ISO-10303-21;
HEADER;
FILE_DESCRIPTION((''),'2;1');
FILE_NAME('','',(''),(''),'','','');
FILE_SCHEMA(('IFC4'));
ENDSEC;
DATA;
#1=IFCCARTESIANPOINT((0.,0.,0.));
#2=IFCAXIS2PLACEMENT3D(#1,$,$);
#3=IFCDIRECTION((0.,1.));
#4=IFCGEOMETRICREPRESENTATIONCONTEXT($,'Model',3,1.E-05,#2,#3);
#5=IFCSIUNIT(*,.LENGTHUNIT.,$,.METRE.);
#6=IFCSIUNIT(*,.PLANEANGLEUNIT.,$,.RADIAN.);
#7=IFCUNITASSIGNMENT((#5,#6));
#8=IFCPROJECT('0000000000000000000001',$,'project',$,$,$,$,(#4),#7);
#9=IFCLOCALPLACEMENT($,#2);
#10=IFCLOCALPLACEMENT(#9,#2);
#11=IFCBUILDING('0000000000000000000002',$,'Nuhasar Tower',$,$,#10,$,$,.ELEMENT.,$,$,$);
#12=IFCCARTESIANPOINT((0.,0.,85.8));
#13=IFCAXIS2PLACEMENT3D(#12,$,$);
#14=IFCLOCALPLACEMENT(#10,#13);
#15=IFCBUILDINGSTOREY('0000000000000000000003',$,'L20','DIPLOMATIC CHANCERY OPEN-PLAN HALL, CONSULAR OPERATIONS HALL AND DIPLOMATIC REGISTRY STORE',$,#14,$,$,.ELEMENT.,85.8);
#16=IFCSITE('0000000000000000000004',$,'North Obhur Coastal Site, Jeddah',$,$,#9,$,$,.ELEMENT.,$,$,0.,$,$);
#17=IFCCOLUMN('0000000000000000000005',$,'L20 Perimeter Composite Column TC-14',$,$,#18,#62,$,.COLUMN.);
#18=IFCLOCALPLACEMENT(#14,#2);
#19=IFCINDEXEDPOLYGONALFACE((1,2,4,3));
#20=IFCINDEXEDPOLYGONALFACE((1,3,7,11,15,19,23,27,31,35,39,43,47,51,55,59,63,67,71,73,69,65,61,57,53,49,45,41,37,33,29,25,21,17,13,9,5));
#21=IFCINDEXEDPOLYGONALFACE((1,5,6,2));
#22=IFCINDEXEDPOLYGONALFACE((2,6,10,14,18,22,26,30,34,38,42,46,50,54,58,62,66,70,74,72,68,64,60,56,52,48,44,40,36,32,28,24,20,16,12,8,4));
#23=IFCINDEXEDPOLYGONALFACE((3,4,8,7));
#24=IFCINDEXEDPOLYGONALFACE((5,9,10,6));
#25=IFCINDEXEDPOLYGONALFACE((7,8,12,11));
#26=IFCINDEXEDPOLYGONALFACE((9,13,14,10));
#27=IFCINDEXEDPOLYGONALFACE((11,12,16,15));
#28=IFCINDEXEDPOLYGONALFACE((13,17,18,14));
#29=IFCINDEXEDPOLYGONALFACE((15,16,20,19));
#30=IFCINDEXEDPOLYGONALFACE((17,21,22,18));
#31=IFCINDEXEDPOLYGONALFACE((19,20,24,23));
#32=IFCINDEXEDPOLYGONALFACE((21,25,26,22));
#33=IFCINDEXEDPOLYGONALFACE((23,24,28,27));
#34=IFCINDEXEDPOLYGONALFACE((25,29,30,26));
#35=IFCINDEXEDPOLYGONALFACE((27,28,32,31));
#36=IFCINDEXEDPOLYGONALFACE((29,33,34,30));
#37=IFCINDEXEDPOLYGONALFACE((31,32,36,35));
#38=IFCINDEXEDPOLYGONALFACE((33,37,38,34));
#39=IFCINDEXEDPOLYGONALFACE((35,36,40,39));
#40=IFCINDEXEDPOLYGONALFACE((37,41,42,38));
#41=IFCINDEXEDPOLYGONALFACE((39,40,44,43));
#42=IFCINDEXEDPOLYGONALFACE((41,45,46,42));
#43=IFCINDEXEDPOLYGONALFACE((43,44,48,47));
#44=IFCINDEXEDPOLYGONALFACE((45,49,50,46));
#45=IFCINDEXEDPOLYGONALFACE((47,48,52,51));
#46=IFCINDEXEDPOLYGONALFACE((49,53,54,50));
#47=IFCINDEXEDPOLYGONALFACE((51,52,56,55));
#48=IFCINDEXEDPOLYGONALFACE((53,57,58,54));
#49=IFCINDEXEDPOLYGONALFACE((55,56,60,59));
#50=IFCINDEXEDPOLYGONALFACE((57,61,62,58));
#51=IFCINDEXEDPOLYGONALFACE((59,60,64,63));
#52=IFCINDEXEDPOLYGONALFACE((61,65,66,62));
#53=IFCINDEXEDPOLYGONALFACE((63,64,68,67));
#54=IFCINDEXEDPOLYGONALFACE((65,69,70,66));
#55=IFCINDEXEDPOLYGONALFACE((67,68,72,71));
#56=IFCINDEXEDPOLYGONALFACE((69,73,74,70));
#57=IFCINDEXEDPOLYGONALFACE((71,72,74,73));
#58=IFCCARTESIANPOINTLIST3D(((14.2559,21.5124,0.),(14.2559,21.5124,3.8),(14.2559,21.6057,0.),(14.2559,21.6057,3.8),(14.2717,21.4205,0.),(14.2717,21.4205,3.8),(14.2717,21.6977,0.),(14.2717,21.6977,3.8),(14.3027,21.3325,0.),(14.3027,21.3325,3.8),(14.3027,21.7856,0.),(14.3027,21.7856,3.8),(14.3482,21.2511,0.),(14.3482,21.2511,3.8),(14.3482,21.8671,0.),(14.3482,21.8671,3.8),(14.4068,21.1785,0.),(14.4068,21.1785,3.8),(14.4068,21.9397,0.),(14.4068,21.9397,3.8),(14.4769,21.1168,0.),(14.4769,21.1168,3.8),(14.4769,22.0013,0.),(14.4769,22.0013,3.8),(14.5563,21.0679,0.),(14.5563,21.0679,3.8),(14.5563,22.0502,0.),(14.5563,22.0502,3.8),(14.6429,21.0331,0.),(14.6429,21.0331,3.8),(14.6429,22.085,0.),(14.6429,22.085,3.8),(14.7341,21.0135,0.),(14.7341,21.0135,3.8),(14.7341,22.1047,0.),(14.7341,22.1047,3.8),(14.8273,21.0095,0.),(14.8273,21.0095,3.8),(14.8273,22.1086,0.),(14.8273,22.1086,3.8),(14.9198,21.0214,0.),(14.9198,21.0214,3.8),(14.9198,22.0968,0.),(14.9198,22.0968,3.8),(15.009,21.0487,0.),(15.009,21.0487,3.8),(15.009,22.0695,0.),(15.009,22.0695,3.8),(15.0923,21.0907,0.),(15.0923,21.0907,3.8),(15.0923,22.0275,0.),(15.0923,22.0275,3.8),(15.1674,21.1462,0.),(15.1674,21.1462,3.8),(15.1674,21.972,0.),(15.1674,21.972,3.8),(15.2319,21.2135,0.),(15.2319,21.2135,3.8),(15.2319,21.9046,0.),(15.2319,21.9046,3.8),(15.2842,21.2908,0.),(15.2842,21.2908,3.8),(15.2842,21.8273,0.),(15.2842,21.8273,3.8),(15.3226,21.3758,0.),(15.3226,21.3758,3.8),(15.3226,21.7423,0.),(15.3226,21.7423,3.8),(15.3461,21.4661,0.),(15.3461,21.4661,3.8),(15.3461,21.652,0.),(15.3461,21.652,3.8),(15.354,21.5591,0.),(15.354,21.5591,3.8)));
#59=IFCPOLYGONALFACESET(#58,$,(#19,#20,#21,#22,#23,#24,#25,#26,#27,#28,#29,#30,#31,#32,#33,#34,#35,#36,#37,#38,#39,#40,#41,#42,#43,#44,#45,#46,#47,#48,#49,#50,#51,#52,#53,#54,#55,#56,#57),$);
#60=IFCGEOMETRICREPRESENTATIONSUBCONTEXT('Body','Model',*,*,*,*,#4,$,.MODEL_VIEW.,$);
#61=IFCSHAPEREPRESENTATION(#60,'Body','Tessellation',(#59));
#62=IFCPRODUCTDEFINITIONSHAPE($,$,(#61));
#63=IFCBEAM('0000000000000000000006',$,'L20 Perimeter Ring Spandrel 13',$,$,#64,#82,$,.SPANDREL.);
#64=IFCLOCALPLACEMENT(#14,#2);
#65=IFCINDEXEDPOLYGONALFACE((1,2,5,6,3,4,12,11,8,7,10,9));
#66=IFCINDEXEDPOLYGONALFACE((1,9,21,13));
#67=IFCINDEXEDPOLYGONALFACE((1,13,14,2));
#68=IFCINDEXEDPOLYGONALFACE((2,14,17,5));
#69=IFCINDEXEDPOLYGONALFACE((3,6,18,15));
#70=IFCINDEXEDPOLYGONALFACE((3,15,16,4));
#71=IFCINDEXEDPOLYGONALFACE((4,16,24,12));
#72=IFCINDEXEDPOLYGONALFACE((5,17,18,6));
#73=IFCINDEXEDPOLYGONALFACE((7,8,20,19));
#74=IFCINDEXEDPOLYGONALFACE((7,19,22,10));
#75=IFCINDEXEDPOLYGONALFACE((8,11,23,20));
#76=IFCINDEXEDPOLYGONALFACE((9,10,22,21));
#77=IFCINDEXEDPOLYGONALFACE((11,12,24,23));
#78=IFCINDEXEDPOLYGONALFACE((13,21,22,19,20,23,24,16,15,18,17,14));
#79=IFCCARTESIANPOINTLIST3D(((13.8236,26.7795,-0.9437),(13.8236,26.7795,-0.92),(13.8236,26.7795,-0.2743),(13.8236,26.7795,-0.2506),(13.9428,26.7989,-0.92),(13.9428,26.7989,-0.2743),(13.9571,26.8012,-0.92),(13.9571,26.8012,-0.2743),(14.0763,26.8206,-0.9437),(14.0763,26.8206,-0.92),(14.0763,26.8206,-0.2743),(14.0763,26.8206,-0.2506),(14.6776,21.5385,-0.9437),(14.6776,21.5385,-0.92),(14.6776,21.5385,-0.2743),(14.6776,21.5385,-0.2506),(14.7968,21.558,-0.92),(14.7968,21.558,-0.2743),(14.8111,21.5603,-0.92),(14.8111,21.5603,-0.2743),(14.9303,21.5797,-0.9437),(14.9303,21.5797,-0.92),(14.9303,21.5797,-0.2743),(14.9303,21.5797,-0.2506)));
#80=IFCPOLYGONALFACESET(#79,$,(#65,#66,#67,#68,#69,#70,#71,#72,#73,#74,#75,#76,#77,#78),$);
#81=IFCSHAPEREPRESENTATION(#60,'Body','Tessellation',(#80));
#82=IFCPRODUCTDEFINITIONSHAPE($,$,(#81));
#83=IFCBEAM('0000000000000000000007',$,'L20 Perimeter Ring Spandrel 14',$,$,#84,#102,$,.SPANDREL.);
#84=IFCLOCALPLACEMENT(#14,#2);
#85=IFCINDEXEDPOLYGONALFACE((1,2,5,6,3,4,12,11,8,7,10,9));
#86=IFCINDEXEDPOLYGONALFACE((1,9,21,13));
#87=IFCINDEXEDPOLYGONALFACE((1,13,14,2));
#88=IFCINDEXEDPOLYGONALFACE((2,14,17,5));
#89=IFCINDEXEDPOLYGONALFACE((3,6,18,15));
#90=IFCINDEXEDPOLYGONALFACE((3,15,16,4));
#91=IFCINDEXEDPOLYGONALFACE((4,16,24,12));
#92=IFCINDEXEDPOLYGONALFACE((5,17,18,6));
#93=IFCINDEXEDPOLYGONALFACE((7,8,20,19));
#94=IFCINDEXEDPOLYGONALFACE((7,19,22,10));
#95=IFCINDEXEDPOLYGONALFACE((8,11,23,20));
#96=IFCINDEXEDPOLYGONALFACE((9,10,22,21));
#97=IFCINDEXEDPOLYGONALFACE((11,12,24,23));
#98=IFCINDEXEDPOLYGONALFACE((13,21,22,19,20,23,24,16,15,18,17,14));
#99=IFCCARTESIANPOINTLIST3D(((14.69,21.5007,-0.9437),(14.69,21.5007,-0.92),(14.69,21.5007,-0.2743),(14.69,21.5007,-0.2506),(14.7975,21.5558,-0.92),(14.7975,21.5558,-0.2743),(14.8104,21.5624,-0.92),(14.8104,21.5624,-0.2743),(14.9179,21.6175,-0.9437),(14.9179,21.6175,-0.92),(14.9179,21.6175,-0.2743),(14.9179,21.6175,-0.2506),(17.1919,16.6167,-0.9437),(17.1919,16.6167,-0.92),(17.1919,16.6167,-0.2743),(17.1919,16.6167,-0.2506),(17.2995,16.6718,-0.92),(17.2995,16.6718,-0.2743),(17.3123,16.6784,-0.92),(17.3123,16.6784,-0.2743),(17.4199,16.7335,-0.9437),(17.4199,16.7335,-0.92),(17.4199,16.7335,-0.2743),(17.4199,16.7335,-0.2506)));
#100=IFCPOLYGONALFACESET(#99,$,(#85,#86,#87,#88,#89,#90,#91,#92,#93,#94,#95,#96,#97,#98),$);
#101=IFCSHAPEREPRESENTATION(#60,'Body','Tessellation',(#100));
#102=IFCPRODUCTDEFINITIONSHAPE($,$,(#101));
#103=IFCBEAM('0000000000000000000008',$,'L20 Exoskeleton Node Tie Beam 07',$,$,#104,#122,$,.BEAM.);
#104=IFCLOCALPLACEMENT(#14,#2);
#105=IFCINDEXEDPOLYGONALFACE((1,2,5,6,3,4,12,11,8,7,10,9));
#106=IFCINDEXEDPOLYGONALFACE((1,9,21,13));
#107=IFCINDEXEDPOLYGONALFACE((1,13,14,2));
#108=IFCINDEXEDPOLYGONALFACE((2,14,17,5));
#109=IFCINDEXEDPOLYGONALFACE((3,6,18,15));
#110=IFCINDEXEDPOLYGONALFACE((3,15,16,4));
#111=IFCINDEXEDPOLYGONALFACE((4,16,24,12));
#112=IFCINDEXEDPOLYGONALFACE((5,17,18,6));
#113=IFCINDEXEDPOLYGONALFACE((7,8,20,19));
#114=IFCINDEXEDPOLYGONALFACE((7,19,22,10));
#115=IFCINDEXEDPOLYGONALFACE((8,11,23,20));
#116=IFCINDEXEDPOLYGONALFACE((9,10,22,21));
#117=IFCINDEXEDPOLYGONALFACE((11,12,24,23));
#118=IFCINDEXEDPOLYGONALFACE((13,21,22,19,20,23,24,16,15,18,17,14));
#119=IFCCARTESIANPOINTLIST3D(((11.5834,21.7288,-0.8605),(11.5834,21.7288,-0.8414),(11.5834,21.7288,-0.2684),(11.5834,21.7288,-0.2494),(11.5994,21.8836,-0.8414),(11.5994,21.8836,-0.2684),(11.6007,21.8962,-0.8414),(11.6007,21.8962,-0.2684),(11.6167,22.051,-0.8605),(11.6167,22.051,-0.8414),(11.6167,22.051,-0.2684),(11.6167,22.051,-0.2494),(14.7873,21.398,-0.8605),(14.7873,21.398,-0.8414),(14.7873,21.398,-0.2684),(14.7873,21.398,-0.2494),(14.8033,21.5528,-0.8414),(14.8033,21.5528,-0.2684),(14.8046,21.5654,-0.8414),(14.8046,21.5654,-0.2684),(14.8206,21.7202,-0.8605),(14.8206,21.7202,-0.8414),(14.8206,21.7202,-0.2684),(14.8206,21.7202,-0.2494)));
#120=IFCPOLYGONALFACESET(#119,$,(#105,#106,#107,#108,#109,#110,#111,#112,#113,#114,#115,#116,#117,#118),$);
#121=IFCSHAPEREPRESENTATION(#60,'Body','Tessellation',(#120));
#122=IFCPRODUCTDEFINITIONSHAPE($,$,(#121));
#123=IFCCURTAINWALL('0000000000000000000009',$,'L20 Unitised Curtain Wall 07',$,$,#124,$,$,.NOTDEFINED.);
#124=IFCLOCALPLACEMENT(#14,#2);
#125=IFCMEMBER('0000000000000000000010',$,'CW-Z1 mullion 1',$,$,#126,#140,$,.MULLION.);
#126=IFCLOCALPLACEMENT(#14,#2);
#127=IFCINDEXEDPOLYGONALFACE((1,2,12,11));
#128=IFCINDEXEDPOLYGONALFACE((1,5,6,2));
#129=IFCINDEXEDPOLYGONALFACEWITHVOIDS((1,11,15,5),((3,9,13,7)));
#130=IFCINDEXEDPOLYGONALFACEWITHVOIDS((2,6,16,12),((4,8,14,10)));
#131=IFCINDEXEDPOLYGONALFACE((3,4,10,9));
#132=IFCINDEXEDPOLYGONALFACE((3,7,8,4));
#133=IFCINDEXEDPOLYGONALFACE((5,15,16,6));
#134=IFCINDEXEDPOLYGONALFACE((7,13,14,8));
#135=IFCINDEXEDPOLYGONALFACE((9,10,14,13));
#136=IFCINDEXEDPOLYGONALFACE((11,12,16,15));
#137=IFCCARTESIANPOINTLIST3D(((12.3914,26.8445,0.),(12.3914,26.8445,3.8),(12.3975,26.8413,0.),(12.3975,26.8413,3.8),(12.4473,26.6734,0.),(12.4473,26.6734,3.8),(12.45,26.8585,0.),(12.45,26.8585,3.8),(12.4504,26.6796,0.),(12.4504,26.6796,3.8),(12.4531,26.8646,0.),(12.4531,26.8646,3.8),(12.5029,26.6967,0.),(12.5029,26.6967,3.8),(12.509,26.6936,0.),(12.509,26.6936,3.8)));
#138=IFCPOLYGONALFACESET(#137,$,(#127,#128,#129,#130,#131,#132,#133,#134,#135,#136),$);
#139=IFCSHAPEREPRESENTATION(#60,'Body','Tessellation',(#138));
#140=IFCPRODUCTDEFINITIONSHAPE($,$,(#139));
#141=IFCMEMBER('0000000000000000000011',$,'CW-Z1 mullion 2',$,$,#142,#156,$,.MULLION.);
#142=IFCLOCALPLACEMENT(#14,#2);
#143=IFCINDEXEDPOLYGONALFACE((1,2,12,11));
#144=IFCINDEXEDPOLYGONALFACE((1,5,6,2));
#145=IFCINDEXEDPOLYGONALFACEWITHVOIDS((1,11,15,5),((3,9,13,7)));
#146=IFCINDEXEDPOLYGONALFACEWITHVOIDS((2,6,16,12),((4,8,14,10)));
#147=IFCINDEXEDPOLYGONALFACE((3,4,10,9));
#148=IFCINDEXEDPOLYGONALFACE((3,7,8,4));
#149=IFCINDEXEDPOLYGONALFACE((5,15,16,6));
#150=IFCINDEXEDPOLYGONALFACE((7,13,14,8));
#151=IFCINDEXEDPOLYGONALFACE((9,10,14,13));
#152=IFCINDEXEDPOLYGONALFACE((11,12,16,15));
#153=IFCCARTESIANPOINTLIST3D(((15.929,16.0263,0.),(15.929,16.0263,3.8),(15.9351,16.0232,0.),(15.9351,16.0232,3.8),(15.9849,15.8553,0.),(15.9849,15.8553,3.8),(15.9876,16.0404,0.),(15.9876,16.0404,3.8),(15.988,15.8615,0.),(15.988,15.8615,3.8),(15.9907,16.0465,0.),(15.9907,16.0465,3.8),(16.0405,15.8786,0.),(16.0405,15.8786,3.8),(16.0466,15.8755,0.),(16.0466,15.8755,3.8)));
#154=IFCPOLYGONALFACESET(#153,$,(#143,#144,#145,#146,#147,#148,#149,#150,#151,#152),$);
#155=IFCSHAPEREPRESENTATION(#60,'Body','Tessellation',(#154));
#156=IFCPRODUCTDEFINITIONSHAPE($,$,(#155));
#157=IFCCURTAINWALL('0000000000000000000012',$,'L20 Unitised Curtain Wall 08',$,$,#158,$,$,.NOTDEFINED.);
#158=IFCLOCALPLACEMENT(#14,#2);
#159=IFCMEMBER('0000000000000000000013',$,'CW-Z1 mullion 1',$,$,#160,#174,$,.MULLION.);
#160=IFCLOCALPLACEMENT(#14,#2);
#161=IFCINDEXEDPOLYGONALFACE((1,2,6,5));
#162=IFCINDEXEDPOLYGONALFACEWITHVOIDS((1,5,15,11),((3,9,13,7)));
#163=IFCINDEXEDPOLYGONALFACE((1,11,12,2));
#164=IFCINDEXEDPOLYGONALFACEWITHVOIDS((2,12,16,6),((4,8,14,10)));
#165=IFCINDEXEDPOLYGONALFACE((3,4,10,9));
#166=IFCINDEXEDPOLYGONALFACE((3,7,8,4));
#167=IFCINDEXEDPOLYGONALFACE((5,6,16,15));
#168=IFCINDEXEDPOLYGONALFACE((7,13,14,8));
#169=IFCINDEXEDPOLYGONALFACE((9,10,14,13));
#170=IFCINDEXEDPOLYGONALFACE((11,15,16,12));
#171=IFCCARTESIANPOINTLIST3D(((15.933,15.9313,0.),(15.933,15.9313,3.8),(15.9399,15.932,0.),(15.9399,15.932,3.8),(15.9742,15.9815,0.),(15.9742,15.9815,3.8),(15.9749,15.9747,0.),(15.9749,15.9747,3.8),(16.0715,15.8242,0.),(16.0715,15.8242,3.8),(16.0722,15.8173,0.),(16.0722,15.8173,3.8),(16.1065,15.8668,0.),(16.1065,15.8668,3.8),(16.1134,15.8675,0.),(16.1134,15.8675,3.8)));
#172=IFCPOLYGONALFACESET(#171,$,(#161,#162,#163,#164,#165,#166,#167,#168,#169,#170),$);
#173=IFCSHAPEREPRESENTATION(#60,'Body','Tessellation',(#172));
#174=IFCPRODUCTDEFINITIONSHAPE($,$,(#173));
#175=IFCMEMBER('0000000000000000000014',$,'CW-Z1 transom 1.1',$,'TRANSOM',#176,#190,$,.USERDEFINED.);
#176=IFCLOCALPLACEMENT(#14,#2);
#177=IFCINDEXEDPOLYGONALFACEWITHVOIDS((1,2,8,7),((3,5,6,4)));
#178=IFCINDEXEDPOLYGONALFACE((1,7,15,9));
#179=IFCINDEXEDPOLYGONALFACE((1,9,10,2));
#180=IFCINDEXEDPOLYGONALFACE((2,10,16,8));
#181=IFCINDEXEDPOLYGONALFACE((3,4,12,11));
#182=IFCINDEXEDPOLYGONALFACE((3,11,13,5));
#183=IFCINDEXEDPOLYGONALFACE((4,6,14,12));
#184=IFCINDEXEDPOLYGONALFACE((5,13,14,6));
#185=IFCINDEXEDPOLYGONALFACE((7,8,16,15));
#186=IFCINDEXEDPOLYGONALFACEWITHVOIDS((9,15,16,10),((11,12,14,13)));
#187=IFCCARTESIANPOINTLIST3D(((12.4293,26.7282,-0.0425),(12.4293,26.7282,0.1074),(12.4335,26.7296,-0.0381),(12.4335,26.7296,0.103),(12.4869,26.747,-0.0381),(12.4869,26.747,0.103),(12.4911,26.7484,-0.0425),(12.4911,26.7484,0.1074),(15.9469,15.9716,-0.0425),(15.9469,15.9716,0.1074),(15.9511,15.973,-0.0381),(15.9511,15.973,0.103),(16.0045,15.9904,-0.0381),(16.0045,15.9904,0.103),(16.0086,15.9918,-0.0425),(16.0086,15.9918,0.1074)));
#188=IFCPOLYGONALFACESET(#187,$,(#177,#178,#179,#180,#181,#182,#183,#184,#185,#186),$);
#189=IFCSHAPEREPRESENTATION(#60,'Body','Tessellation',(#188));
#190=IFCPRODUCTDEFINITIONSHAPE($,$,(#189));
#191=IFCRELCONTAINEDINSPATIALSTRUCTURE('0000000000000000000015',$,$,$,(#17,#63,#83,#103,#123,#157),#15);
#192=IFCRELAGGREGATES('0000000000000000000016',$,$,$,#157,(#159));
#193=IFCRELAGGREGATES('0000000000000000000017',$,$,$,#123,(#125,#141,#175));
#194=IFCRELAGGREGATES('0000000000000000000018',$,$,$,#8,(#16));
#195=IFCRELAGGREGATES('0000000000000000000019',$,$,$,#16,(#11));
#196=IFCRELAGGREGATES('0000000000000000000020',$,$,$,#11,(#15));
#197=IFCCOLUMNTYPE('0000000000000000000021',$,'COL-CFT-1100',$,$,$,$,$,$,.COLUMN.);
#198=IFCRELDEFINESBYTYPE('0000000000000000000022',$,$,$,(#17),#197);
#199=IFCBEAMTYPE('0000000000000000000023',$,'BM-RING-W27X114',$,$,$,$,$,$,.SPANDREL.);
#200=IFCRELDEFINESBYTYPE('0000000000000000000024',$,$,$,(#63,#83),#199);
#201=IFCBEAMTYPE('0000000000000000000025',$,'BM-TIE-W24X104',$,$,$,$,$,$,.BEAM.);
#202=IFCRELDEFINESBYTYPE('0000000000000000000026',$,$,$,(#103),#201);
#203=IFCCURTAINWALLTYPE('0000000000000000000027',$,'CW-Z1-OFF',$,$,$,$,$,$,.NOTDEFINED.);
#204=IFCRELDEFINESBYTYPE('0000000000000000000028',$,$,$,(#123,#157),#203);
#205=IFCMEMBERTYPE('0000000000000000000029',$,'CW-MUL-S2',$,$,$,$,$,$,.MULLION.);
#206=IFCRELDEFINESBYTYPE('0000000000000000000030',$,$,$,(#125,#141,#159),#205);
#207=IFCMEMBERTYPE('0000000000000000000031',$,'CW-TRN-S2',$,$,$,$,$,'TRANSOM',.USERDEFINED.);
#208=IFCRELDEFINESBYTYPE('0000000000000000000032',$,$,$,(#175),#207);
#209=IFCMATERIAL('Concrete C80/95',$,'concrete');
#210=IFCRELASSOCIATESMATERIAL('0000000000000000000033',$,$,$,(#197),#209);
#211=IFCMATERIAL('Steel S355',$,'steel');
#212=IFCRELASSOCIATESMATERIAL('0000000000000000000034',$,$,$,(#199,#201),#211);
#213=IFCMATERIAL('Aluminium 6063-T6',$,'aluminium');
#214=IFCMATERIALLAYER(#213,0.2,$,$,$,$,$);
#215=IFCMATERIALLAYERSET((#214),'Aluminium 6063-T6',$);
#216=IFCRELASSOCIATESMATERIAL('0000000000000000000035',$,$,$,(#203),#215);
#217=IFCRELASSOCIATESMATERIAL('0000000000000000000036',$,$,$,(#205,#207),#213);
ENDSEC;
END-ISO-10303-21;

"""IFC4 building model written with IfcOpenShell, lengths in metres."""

from ifc_helpers import new_model, si_unit, direction, frame, origin, origin_2d, place, context, subcontext, project, spatial, hollow_rectangle, circle, i_section, extrude, material, layer, layer_set, material_profile, profile_set, type_object, element, aggregate, save


model = new_model("IFC4")

# Units and contexts
model_context = context("Model", 3, precision=1e-05, world=origin(), true_north=direction((0.0, 1.0)))
body_context = subcontext(model_context, "Body", "Model", "MODEL_VIEW")
ifc_project = project(units=[si_unit("LENGTHUNIT", "METRE"), si_unit("PLANEANGLEUNIT", "RADIAN")], contexts=[model_context])

# Site, building, storey
site_placement = place(None, origin())
site = spatial("IfcSite", under=ifc_project, at=site_placement, Name="North Obhur Coastal Site, Jeddah", CompositionType="ELEMENT", RefElevation=0.0)
building_placement = place(site_placement, origin())
building = spatial("IfcBuilding", under=site, at=building_placement, Name="Nuhasar Tower", CompositionType="ELEMENT")
storey_placement = place(building_placement, frame((0.0, 0.0, 85.8)))
storey = spatial("IfcBuildingStorey", under=building, at=storey_placement, Name="L20", Description="DIPLOMATIC CHANCERY OPEN-PLAN HALL, CONSULAR OPERATIONS HALL AND DIPLOMATIC REGISTRY STORE", CompositionType="ELEMENT", Elevation=85.8)

# Column
ifc_material_1 = material(Name="Concrete C80/95", Category="concrete")
ifc_material_profile_1 = material_profile(ifc_material_1, circle(Radius=0.55, at=origin_2d()), Name="CFT1100")
ifc_profile_set_1 = profile_set([ifc_material_profile_1], Name="Concrete C80/95")
column_type = type_object("IfcColumnType", Name="COL-CFT-1100", PredefinedType="COLUMN", material=ifc_profile_set_1)
column_placement = place(storey_placement, frame((14.804, 21.5591, 0.0), z_axis=(0.0, 0.0, 1.0), x_axis=(1.0, 0.0, 0.0)))
element("IfcColumn", 1, at=column_placement, inside=storey, type_object=column_type, Name="L20 Perimeter Composite Column TC-14", PredefinedType="COLUMN", context=body_context, shape_type="SweptSolid", body=[
    extrude(circle(Radius=0.55, at=origin_2d()), origin(), (0.0, 0.0, 1.0), 3.8),
])

# Beams
ifc_material_2 = material(Name="Steel S355", Category="steel")
ifc_material_profile_2 = material_profile(ifc_material_2, i_section(OverallWidth=0.2561, OverallDepth=0.6931, WebThickness=0.0144, FlangeThickness=0.0237, at=origin_2d()), Name="W27X114")
ifc_profile_set_2 = profile_set([ifc_material_profile_2], Name="Steel S355")
beam_type_1 = type_object("IfcBeamType", Name="BM-RING-W27X114", PredefinedType="SPANDREL", material=ifc_profile_set_2)
beam_1_placement = place(storey_placement, frame((13.95, 26.8, -0.5972), z_axis=(0.160827, -0.986983, 0.0), x_axis=(0.986983, 0.160827, 0.0)))
element("IfcBeam", 2, at=beam_1_placement, inside=storey, type_object=beam_type_1, Name="L20 Perimeter Ring Spandrel 13", PredefinedType="SPANDREL", context=body_context, shape_type="SweptSolid", body=[
    extrude(i_section(OverallWidth=0.2561, OverallDepth=0.6931, WebThickness=0.0144, FlangeThickness=0.0237, at=origin_2d()), origin(), (0.0, 0.0, 1.0), 5.3101),
])
beam_2_placement = place(storey_placement, frame((14.804, 21.5591, -0.5972), z_axis=(0.45593, -0.890016, 0.0), x_axis=(0.890016, 0.45593, 0.0)))
element("IfcBeam", 3, at=beam_2_placement, inside=storey, type_object=beam_type_1, Name="L20 Perimeter Ring Spandrel 14", PredefinedType="SPANDREL", context=body_context, shape_type="SweptSolid", body=[
    extrude(i_section(OverallWidth=0.2561, OverallDepth=0.6931, WebThickness=0.0144, FlangeThickness=0.0237, at=origin_2d()), origin(), (0.0, 0.0, 1.0), 5.4875),
])
ifc_material_profile_3 = material_profile(ifc_material_2, i_section(OverallWidth=0.324, OverallDepth=0.6111, WebThickness=0.0127, FlangeThickness=0.019, at=origin_2d()), Name="W24X104")
ifc_profile_set_3 = profile_set([ifc_material_profile_3], Name="Steel S355")
beam_type_2 = type_object("IfcBeamType", Name="BM-TIE-W24X104", PredefinedType="BEAM", material=ifc_profile_set_3)
beam_3_placement = place(storey_placement, frame((14.804, 21.5591, -0.5549), z_axis=(-0.994712, 0.102708, 0.0), x_axis=(-0.102708, -0.994712, 0.0)))
element("IfcBeam", 4, at=beam_3_placement, inside=storey, type_object=beam_type_2, Name="L20 Exoskeleton Node Tie Beam 07", PredefinedType="BEAM", context=body_context, shape_type="SweptSolid", body=[
    extrude(i_section(OverallWidth=0.324, OverallDepth=0.6111, WebThickness=0.0127, FlangeThickness=0.019, at=origin_2d()), origin(), (0.0, 0.0, 1.0), 3.2209),
])

# Curtain wall, members
ifc_material_3 = material(Name="Aluminium 6063-T6", Category="aluminium")
ifc_layer_1 = layer(ifc_material_3, 0.2)
ifc_layer_set_1 = layer_set([ifc_layer_1], Name="Aluminium 6063-T6")
curtain_wall_type = type_object("IfcCurtainWallType", Name="CW-Z1-OFF", PredefinedType="NOTDEFINED", material=ifc_layer_set_1)
curtain_wall_1_placement = place(storey_placement, origin())
curtain_wall_1 = element("IfcCurtainWall", 5, at=curtain_wall_1_placement, inside=storey, type_object=curtain_wall_type, Name="L20 Unitised Curtain Wall 07", PredefinedType="NOTDEFINED")
ifc_material_profile_4 = material_profile(ifc_material_3, hollow_rectangle(XDim=0.0649, YDim=0.1799, WallThickness=0.0049, at=origin_2d()), Name="CWM-2")
ifc_profile_set_4 = profile_set([ifc_material_profile_4], Name="Aluminium 6063-T6")
member_type_1 = type_object("IfcMemberType", Name="CW-MUL-S2", PredefinedType="MULLION", material=ifc_profile_set_4)
member_1_placement = place(storey_placement, frame((12.4502, 26.769, 0.0), z_axis=(0.0, 0.0, 1.0), x_axis=(0.950468, 0.310824, 0.0)))
member_1 = element("IfcMember", 6, at=member_1_placement, type_object=member_type_1, Name="CW-Z1 mullion 1", PredefinedType="MULLION", context=body_context, shape_type="SweptSolid", body=[
    extrude(hollow_rectangle(XDim=0.0649, YDim=0.1799, WallThickness=0.0049, at=origin_2d()), origin(), (0.0, 0.0, 1.0), 3.8),
])
member_2_placement = place(storey_placement, frame((15.9878, 15.9509, 0.0), z_axis=(0.0, 0.0, 1.0), x_axis=(0.950468, 0.310824, 0.0)))
member_2 = element("IfcMember", 7, at=member_2_placement, type_object=member_type_1, Name="CW-Z1 mullion 2", PredefinedType="MULLION", context=body_context, shape_type="SweptSolid", body=[
    extrude(hollow_rectangle(XDim=0.0649, YDim=0.1799, WallThickness=0.0049, at=origin_2d()), origin(), (0.0, 0.0, 1.0), 3.8),
])

# Curtain wall, member
curtain_wall_2_placement = place(storey_placement, origin())
curtain_wall_2 = element("IfcCurtainWall", 8, at=curtain_wall_2_placement, inside=storey, type_object=curtain_wall_type, Name="L20 Unitised Curtain Wall 08", PredefinedType="NOTDEFINED")
member_3_placement = place(storey_placement, frame((16.0232, 15.8994, 0.0), z_axis=(0.0, 0.0, 1.0), x_axis=(0.633745, 0.773542, 0.0)))
member_3 = element("IfcMember", 9, at=member_3_placement, type_object=member_type_1, Name="CW-Z1 mullion 1", PredefinedType="MULLION", context=body_context, shape_type="SweptSolid", body=[
    extrude(hollow_rectangle(XDim=0.0649, YDim=0.1799, WallThickness=0.0049, at=origin_2d()), origin(), (0.0, 0.0, 1.0), 3.8),
])

# Member
ifc_material_profile_5 = material_profile(ifc_material_3, hollow_rectangle(XDim=0.0649, YDim=0.1499, WallThickness=0.0044, at=origin_2d()), Name="CWT-2")
ifc_profile_set_5 = profile_set([ifc_material_profile_5], Name="Aluminium 6063-T6")
member_type_2 = type_object("IfcMemberType", Name="CW-TRN-S2", ElementType="TRANSOM", PredefinedType="USERDEFINED", material=ifc_profile_set_5)
member_4_placement = place(storey_placement, frame((12.4602, 26.7383, 0.0325), z_axis=(0.310819, -0.950469, 0.0), x_axis=(0.950469, 0.310819, 0.0)))
member_4 = element("IfcMember", 10, at=member_4_placement, type_object=member_type_2, Name="CW-Z1 transom 1.1", ObjectType="TRANSOM", PredefinedType="USERDEFINED", context=body_context, shape_type="SweptSolid", body=[
    extrude(hollow_rectangle(XDim=0.0649, YDim=0.1499, WallThickness=0.0044, at=origin_2d()), origin(), (0.0, 0.0, 1.0), 11.3171),
])
aggregate(curtain_wall_2, [member_3])

aggregate(curtain_wall_1, [member_1, member_2, member_4])

save(model, "model.ifc")
